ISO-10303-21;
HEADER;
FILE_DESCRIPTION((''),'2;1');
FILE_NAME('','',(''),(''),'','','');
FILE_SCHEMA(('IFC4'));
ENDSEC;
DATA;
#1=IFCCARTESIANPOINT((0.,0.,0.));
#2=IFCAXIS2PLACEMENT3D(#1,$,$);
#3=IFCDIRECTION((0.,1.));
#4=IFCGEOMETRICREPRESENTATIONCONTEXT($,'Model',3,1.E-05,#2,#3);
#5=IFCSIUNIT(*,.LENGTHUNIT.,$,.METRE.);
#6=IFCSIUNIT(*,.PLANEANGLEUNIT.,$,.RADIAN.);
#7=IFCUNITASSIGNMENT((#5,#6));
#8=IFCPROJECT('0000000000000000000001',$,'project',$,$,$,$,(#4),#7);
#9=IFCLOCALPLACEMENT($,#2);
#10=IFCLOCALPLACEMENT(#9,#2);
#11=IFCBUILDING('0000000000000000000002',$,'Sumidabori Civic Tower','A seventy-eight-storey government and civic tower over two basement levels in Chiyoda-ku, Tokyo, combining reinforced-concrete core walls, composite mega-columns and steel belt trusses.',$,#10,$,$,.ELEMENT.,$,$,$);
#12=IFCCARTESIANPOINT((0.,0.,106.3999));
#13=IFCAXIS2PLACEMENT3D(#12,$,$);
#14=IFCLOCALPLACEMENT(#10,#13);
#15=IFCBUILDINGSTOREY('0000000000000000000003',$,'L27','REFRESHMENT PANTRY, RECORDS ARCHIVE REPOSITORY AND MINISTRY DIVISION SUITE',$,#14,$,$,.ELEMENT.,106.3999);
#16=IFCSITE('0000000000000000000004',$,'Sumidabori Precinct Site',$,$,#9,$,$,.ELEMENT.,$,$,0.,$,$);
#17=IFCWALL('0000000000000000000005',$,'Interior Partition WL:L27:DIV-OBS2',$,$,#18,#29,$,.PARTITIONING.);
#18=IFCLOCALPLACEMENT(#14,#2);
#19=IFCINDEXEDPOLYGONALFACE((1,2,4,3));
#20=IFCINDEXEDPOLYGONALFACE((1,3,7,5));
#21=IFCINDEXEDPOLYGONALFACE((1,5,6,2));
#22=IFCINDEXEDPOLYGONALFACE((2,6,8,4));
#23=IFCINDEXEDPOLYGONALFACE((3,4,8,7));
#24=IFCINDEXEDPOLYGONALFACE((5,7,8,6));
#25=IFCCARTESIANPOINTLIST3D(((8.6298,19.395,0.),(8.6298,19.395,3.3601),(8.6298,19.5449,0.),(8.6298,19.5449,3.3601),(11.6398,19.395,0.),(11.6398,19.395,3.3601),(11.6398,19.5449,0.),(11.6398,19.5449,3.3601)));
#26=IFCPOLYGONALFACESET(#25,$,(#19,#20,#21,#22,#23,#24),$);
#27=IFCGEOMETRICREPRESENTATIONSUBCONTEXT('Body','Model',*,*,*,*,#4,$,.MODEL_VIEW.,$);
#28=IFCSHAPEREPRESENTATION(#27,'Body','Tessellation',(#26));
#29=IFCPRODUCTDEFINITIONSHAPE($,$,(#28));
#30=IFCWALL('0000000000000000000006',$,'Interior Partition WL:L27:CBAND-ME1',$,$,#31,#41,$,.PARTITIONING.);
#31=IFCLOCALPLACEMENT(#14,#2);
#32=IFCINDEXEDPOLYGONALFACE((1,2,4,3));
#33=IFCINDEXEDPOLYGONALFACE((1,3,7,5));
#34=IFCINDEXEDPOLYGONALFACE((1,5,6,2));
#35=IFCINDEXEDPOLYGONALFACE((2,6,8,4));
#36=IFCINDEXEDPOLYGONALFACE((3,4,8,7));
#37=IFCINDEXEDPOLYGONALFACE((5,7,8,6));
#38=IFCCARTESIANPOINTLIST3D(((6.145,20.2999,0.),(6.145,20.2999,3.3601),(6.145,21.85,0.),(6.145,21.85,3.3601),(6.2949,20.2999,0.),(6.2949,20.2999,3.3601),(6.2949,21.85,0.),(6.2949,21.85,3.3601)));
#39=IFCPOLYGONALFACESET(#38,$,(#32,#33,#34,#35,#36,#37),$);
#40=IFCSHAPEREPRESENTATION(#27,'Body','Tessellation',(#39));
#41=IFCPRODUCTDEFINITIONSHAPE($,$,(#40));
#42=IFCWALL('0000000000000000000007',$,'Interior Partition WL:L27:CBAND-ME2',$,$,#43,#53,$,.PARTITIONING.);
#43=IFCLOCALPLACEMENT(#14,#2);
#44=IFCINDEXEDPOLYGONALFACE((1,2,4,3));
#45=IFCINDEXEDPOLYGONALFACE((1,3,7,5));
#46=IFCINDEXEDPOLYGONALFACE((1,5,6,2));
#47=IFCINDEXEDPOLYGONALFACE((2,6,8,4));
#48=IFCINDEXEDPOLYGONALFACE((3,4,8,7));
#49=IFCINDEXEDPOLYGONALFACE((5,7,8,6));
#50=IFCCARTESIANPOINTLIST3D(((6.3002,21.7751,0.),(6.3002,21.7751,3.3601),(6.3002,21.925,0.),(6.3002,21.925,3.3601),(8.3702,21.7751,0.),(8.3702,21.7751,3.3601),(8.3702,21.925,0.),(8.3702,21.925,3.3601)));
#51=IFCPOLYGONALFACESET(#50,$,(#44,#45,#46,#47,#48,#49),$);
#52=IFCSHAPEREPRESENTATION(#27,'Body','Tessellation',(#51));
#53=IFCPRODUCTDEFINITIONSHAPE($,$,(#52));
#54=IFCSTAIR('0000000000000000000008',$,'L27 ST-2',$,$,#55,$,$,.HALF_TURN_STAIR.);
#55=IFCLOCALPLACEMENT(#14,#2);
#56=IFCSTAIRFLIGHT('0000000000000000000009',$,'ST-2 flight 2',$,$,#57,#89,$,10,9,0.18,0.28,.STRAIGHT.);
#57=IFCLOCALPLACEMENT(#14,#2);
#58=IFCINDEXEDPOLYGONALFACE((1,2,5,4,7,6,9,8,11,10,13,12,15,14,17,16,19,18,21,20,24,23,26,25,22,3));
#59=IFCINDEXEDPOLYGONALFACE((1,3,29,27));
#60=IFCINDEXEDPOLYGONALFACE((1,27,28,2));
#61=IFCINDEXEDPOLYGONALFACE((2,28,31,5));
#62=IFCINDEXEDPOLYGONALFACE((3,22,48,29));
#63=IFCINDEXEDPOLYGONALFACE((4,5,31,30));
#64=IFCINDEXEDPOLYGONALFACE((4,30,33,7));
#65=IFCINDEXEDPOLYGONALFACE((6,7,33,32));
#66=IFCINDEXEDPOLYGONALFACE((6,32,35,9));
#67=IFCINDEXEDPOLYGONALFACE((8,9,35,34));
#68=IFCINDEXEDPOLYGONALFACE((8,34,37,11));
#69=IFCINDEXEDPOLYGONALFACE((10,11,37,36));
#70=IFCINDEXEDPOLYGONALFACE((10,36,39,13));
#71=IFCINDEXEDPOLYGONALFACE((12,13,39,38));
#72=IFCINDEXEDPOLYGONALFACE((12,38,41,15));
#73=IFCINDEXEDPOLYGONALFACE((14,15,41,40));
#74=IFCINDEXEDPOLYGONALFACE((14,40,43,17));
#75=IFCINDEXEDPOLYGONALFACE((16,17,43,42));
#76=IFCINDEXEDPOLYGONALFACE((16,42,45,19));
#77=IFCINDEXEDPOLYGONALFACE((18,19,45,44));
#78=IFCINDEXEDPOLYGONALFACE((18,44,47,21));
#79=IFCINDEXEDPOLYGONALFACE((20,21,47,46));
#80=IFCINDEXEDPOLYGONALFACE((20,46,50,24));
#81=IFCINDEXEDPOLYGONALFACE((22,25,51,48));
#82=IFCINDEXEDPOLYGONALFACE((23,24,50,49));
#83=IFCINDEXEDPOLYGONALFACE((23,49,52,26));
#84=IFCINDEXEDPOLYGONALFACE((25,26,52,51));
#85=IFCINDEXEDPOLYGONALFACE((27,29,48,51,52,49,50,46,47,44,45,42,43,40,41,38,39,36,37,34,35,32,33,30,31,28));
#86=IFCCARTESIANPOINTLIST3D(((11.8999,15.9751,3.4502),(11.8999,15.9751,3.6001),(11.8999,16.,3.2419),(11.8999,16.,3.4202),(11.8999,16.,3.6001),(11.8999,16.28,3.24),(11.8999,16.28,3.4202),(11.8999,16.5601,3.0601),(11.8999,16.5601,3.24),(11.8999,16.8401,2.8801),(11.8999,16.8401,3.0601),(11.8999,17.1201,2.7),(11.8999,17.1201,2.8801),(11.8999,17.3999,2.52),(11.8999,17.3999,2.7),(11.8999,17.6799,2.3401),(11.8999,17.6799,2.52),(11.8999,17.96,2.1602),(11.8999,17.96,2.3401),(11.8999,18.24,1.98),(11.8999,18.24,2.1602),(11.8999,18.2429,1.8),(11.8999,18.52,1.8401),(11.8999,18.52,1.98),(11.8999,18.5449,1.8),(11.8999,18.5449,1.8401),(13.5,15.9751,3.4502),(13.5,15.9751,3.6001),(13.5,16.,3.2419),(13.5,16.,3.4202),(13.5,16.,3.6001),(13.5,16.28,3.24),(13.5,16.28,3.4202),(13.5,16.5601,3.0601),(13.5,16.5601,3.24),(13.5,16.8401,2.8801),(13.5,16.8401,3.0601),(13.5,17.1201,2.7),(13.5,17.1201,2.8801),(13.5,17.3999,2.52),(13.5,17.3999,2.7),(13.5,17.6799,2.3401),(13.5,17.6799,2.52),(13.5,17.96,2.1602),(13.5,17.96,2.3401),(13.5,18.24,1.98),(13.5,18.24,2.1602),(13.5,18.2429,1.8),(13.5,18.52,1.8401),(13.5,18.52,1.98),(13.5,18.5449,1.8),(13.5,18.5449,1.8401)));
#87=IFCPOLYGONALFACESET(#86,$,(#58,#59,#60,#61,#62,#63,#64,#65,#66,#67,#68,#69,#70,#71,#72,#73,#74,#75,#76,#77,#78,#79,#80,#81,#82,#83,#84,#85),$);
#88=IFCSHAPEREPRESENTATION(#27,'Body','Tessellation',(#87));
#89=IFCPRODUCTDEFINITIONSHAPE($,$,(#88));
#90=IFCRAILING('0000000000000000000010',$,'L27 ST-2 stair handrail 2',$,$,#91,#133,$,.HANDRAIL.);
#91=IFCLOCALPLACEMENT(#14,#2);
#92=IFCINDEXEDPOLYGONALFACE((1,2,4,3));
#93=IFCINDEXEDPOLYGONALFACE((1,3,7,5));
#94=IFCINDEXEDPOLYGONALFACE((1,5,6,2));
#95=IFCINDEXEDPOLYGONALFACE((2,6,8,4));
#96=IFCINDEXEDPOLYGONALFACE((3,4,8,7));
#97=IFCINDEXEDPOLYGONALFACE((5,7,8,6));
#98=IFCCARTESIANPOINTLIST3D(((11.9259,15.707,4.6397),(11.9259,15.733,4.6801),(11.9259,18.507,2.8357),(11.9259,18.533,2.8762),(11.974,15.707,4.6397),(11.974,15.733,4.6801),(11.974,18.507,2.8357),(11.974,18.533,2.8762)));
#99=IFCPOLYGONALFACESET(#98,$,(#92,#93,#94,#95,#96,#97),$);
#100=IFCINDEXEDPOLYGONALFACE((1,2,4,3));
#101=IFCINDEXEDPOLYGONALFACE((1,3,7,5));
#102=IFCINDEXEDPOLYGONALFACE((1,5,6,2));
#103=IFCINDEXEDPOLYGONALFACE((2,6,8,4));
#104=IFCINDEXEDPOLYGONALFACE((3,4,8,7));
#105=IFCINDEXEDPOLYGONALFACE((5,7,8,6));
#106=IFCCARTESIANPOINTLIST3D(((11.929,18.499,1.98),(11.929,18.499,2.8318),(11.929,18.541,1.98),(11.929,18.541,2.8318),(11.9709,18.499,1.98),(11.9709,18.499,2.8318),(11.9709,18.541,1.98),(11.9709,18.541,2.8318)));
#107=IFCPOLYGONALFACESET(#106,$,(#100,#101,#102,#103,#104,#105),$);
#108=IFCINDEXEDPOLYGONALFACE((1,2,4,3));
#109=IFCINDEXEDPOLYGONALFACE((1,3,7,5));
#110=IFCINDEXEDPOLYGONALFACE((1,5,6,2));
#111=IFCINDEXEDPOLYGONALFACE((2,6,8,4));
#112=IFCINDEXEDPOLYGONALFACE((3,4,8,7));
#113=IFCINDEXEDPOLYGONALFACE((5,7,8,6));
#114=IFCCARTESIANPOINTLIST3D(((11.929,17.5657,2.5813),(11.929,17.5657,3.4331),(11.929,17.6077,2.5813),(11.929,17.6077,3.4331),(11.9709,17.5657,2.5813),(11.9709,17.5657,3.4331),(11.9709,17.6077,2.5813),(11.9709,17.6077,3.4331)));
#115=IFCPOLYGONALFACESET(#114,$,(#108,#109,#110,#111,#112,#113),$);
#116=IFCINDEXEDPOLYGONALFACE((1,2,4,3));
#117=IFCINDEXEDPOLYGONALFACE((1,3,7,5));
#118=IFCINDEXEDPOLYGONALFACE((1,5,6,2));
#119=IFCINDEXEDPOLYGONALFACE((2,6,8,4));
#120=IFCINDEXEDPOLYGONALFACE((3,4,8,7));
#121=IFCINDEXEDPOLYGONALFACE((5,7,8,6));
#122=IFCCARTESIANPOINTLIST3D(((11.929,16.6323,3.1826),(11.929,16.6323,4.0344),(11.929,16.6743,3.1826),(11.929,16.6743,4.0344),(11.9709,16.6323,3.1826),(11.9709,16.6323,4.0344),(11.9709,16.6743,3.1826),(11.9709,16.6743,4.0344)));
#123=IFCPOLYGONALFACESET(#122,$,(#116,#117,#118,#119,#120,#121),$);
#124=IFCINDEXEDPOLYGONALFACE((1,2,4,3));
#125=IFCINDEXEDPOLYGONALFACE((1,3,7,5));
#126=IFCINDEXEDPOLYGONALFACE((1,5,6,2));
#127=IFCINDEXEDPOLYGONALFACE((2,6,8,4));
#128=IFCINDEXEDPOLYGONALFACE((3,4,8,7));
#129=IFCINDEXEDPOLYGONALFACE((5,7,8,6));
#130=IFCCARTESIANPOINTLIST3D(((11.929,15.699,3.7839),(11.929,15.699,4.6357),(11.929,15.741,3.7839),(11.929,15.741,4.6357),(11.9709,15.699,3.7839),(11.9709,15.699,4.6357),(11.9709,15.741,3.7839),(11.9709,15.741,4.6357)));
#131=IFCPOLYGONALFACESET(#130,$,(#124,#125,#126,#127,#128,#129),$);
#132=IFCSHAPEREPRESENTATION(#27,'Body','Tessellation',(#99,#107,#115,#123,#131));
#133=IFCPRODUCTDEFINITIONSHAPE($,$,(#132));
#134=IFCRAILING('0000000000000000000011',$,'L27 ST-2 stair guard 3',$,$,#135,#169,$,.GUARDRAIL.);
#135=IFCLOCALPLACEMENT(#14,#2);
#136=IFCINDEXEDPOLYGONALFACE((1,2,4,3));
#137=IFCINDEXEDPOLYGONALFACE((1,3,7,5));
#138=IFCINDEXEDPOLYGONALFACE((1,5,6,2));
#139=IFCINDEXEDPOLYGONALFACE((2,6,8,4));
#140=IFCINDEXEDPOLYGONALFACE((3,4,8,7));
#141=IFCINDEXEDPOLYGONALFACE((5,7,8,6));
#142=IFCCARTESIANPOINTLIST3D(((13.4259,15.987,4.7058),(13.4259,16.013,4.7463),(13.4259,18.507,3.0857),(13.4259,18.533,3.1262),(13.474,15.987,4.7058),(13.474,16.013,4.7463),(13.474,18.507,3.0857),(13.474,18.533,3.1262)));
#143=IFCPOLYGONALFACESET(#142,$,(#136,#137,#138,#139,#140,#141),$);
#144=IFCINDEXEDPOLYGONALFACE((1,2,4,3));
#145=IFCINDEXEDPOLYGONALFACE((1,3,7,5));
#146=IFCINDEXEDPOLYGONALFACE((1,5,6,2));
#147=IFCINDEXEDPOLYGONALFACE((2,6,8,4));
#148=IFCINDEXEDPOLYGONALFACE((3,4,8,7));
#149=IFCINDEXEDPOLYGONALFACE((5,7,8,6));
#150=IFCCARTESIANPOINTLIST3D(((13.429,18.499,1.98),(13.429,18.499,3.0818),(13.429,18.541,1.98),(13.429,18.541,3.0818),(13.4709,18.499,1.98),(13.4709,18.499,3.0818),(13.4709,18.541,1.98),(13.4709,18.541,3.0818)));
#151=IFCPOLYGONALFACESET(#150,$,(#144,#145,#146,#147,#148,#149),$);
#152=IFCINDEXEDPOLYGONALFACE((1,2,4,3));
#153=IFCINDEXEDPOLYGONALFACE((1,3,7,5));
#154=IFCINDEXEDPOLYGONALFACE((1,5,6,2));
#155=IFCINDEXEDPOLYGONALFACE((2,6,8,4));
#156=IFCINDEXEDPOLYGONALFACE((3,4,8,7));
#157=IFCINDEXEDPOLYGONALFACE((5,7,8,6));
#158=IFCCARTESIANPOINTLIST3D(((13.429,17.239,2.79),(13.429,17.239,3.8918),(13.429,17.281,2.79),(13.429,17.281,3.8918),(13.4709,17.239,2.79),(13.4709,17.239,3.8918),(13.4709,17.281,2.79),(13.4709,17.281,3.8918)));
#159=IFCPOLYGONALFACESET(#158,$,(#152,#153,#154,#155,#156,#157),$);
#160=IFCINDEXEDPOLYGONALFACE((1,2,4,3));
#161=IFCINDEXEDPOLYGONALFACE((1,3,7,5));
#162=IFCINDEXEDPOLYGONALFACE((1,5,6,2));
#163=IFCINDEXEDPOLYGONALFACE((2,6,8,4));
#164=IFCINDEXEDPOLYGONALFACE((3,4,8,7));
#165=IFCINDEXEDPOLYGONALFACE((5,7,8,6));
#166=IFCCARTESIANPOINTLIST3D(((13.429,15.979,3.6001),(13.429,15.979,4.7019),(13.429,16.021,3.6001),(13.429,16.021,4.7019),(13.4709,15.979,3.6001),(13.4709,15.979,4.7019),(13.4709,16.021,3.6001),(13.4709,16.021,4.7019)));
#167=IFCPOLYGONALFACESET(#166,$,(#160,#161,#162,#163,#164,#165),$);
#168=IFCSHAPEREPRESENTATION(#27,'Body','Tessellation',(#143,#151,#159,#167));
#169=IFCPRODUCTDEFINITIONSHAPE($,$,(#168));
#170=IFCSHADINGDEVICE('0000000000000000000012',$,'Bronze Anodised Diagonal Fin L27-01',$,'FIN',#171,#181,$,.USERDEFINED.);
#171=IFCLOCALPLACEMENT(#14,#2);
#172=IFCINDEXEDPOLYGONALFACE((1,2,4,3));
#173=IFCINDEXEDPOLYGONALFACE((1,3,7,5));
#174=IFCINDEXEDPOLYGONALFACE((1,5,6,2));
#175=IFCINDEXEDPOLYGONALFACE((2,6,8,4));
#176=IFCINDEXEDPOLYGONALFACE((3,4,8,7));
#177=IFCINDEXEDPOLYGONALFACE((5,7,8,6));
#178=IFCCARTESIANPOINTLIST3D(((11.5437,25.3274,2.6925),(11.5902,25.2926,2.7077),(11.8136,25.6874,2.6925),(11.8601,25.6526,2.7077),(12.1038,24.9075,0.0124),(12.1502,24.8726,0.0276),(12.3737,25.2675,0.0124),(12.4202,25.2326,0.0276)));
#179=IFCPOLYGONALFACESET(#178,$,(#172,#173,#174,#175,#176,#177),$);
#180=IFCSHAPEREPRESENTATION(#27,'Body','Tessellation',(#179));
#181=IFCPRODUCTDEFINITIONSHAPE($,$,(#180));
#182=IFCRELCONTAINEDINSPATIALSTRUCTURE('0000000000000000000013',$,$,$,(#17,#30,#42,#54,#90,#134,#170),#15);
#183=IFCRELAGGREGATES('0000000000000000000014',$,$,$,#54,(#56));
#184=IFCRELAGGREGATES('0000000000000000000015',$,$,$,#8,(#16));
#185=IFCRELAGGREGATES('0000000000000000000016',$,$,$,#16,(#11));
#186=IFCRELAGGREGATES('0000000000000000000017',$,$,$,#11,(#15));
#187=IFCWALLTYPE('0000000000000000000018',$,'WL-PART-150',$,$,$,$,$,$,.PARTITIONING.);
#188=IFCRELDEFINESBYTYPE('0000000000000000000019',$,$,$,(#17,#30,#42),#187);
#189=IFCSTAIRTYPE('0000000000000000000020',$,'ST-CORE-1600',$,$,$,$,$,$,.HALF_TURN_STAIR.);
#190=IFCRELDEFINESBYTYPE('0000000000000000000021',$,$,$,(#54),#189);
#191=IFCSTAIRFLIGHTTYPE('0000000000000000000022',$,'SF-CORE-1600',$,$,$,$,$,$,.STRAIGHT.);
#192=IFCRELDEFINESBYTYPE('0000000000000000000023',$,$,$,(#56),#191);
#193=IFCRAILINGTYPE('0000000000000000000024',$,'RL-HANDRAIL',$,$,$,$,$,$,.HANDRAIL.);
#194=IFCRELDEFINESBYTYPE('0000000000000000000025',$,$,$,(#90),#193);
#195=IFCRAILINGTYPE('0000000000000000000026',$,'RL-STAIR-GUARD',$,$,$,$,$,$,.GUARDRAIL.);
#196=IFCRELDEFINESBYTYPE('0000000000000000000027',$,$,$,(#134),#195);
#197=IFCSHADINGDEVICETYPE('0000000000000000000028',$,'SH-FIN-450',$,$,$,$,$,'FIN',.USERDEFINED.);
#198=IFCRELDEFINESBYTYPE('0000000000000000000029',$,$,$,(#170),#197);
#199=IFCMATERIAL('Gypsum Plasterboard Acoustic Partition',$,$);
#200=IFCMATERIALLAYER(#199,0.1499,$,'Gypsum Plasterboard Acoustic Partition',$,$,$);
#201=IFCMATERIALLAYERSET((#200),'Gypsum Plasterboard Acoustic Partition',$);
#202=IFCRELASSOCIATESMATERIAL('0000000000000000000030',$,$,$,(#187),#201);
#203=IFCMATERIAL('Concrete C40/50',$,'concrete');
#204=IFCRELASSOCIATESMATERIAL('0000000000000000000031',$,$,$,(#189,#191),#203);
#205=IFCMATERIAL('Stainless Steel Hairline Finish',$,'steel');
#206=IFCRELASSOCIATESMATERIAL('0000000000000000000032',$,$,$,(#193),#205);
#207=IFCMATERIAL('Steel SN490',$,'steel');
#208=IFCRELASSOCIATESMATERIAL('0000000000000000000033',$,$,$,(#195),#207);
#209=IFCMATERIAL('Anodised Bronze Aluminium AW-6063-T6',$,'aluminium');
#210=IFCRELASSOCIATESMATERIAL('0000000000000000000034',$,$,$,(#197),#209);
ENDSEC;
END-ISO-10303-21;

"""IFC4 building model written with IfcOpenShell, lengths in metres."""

from ifc_helpers import new_model, si_unit, direction, frame, frame_2d, origin, origin_2d, place, context, subcontext, project, spatial, polyline, rectangle, outline, extrude, source, transform, mapped, material, layer, layer_set, material_profile, profile_set, type_object, element, aggregate, save


model = new_model("IFC4")

# Units and contexts
model_context = context("Model", 3, precision=1e-05, world=origin(), true_north=direction((0.0, 1.0)))
body_context = subcontext(model_context, "Body", "Model", "MODEL_VIEW")
ifc_project = project(units=[si_unit("LENGTHUNIT", "METRE"), si_unit("PLANEANGLEUNIT", "RADIAN")], contexts=[model_context])

# Site, building, storey
site_placement = place(None, origin())
site = spatial("IfcSite", under=ifc_project, at=site_placement, Name="Sumidabori Precinct Site", CompositionType="ELEMENT", RefElevation=0.0)
building_placement = place(site_placement, origin())
building = spatial("IfcBuilding", under=site, at=building_placement, Name="Sumidabori Civic Tower", Description="A seventy-eight-storey government and civic tower over two basement levels in Chiyoda-ku, Tokyo, combining reinforced-concrete core walls, composite mega-columns and steel belt trusses.", CompositionType="ELEMENT")
storey_placement = place(building_placement, frame((0.0, 0.0, 106.3999)))
storey = spatial("IfcBuildingStorey", under=building, at=storey_placement, Name="L27", Description="REFRESHMENT PANTRY, RECORDS ARCHIVE REPOSITORY AND MINISTRY DIVISION SUITE", CompositionType="ELEMENT", Elevation=106.3999)

# Shared definitions
ifc_material_1 = material(Name="Steel SN490", Category="steel")

# Shared definitions
ifc_material_2 = material(Name="Anodised Bronze Aluminium AW-6063-T6", Category="aluminium")

# Walls
ifc_material_3 = material(Name="Gypsum Plasterboard Acoustic Partition")
ifc_layer_1 = layer(ifc_material_3, 0.1499, Name="Gypsum Plasterboard Acoustic Partition")
ifc_layer_set_1 = layer_set([ifc_layer_1], Name="Gypsum Plasterboard Acoustic Partition")
wall_type_1 = type_object("IfcWallType", Name="WL-PART-150", PredefinedType="PARTITIONING", material=ifc_layer_set_1)
shared_shape_1 = source(origin(), body_context, "Body", "SweptSolid", [
    extrude(rectangle(XDim=3.01, YDim=0.1499, at=frame_2d((1.5049, 0.0))), origin(), (0.0, 0.0, 1.0), 3.3601),
])
wall_1_placement = place(storey_placement, frame((8.6299, 19.47, 0.0), z_axis=(0.0, 0.0, 1.0), x_axis=(1.0, 0.0, 0.0)))
element("IfcWall", 1, at=wall_1_placement, inside=storey, type_object=wall_type_1, Name="Interior Partition WL:L27:DIV-OBS2", PredefinedType="PARTITIONING", context=body_context, shape_type="MappedRepresentation", body=[
    mapped(shared_shape_1, transform((0.0, 0.0, 0.0), x_axis=(1.0, 0.0, 0.0), y_axis=(0.0, 1.0, 0.0), z_axis=(0.0, 0.0, 1.0), scale=1.0)),
])
shared_shape_2 = source(origin(), body_context, "Body", "SweptSolid", [
    extrude(rectangle(XDim=1.55, YDim=0.1499, at=frame_2d((0.7749, 0.0))), origin(), (0.0, 0.0, 1.0), 3.3601),
])
wall_2_placement = place(storey_placement, frame((6.22, 20.3, 0.0), z_axis=(0.0, 0.0, 1.0), x_axis=(0.0, 1.0, 0.0)))
element("IfcWall", 2, at=wall_2_placement, inside=storey, type_object=wall_type_1, Name="Interior Partition WL:L27:CBAND-ME1", PredefinedType="PARTITIONING", context=body_context, shape_type="MappedRepresentation", body=[
    mapped(shared_shape_2, transform((0.0, 0.0, 0.0), x_axis=(1.0, 0.0, 0.0), y_axis=(0.0, 1.0, 0.0), z_axis=(0.0, 0.0, 1.0), scale=1.0)),
])
shared_shape_3 = source(origin(), body_context, "Body", "SweptSolid", [
    extrude(rectangle(XDim=2.0701, YDim=0.1499, at=frame_2d((1.0352, 0.0))), origin(), (0.0, 0.0, 1.0), 3.3601),
])
wall_3_placement = place(storey_placement, frame((6.3, 21.8501, 0.0), z_axis=(0.0, 0.0, 1.0), x_axis=(1.0, 0.0, 0.0)))
element("IfcWall", 3, at=wall_3_placement, inside=storey, type_object=wall_type_1, Name="Interior Partition WL:L27:CBAND-ME2", PredefinedType="PARTITIONING", context=body_context, shape_type="MappedRepresentation", body=[
    mapped(shared_shape_3, transform((0.0, 0.0, 0.0), x_axis=(1.0, 0.0, 0.0), y_axis=(0.0, 1.0, 0.0), z_axis=(0.0, 0.0, 1.0), scale=1.0)),
])

# Stair, stair flight
ifc_material_4 = material(Name="Concrete C40/50", Category="concrete")
stair_type = type_object("IfcStairType", Name="ST-CORE-1600", PredefinedType="HALF_TURN_STAIR", material=ifc_material_4)
stair_placement = place(storey_placement, origin())
stair = element("IfcStair", 4, at=stair_placement, inside=storey, type_object=stair_type, Name="L27 ST-2", PredefinedType="HALF_TURN_STAIR")
stair_flight_type = type_object("IfcStairFlightType", Name="SF-CORE-1600", PredefinedType="STRAIGHT", material=ifc_material_4)
shared_shape_4 = source(origin(), body_context, "Body", "SweptSolid", [
    extrude(outline(polyline([(-0.0249, 0.0), (-0.0249, 0.04), (0.0, 0.04), (0.0, 0.1799), (0.28, 0.1799), (0.28, 0.3601), (0.5601, 0.3601), (0.5601, 0.54), (0.8401, 0.54), (0.8401, 0.72), (1.1201, 0.72), (1.1201, 0.8999), (1.3999, 0.8999), (1.3999, 1.0801), (1.6799, 1.0801), (1.6799, 1.26), (1.96, 1.26), (1.96, 1.4399), (2.24, 1.4399), (2.24, 1.6201), (2.52, 1.6201), (2.52, 1.8), (2.5449, 1.8), (2.5449, 1.6501), (2.52, 1.4419), (0.2771, 0.0), (-0.0249, 0.0)])), frame((0.0, 0.8, 0.0), z_axis=(0.0, -1.0, 0.0), x_axis=(1.0, 0.0, 0.0)), (0.0, 0.0, 1.0), 1.6001),
])
stair_flight_placement = place(storey_placement, frame((12.7, 18.52, 1.8), z_axis=(0.0, 0.0, 1.0), x_axis=(0.0, -1.0, 0.0)))
stair_flight = element("IfcStairFlight", 5, at=stair_flight_placement, type_object=stair_flight_type, Name="ST-2 flight 2", NumberOfRisers=10, NumberOfTreads=9, PredefinedType="STRAIGHT", RiserHeight=0.18, TreadLength=0.28, context=body_context, shape_type="MappedRepresentation", body=[
    mapped(shared_shape_4, transform((0.0, 0.0, 0.0), x_axis=(1.0, 0.0, 0.0), y_axis=(0.0, 1.0, 0.0), z_axis=(0.0, 0.0, 1.0), scale=1.0)),
])
aggregate(stair, [stair_flight])

# Railings
ifc_material_5 = material(Name="Stainless Steel Hairline Finish", Category="steel")
railing_type_1 = type_object("IfcRailingType", Name="RL-HANDRAIL", PredefinedType="HANDRAIL", material=ifc_material_5)
railing_1_placement = place(storey_placement, frame((11.95, 18.52, 1.98)))
element("IfcRailing", 6, at=railing_1_placement, inside=storey, type_object=railing_type_1, Name="L27 ST-2 stair handrail 2", PredefinedType="HANDRAIL", context=body_context, shape_type="SweptSolid", body=[
    extrude(rectangle(XDim=0.0481, YDim=0.0481, at=origin_2d()), frame((0.0, 0.0, 0.876), z_axis=(0.0, -0.840642, 0.541591), x_axis=(1.0, 0.0, 0.0)), (0.0, 0.0, 1.0), 3.3308),
    extrude(rectangle(XDim=0.042, YDim=0.042, at=origin_2d()), origin(), (0.0, 0.0, 1.0), 0.8518),
    extrude(rectangle(XDim=0.042, YDim=0.042, at=origin_2d()), frame((0.0, -0.9333, 0.6013)), (0.0, 0.0, 1.0), 0.8518),
    extrude(rectangle(XDim=0.042, YDim=0.042, at=origin_2d()), frame((0.0, -1.8667, 1.2026)), (0.0, 0.0, 1.0), 0.8518),
    extrude(rectangle(XDim=0.042, YDim=0.042, at=origin_2d()), frame((0.0, -2.8, 1.804)), (0.0, 0.0, 1.0), 0.8518),
])
railing_type_2 = type_object("IfcRailingType", Name="RL-STAIR-GUARD", PredefinedType="GUARDRAIL", material=ifc_material_1)
railing_2_placement = place(storey_placement, frame((13.45, 18.52, 1.98)))
element("IfcRailing", 7, at=railing_2_placement, inside=storey, type_object=railing_type_2, Name="L27 ST-2 stair guard 3", PredefinedType="GUARDRAIL", context=body_context, shape_type="SweptSolid", body=[
    extrude(rectangle(XDim=0.0481, YDim=0.0481, at=origin_2d()), frame((0.0, 0.0, 1.126), z_axis=(0.0, -0.841163, 0.540782), x_axis=(1.0, 0.0, 0.0)), (0.0, 0.0, 1.0), 2.9958),
    extrude(rectangle(XDim=0.042, YDim=0.042, at=origin_2d()), origin(), (0.0, 0.0, 1.0), 1.1018),
    extrude(rectangle(XDim=0.042, YDim=0.042, at=origin_2d()), frame((0.0, -1.26, 0.8101)), (0.0, 0.0, 1.0), 1.1018),
    extrude(rectangle(XDim=0.042, YDim=0.042, at=origin_2d()), frame((0.0, -2.52, 1.6201)), (0.0, 0.0, 1.0), 1.1018),
])

# Shading device
ifc_material_profile_1 = material_profile(ifc_material_2, rectangle(XDim=0.0601, YDim=0.45, at=origin_2d()), Name="BRONZE FIN 450x60")
ifc_profile_set_1 = profile_set([ifc_material_profile_1], Name="Anodised Bronze Aluminium AW-6063-T6")
shading_device_type = type_object("IfcShadingDeviceType", Name="SH-FIN-450", ElementType="FIN", PredefinedType="USERDEFINED", material=ifc_profile_set_1)
shared_shape_5 = source(origin(), body_context, "Body", "SweptSolid", [
    extrude(rectangle(XDim=0.0601, YDim=0.45, at=origin_2d()), origin(), (0.0, 0.0, 1.0), 2.77),
])
shading_device_placement = place(storey_placement, frame((12.262, 25.0701, 0.02), z_axis=(-0.202181, 0.151592, 0.967545), x_axis=(0.774117, -0.580419, 0.2527)))
element("IfcShadingDevice", 8, at=shading_device_placement, inside=storey, type_object=shading_device_type, Name="Bronze Anodised Diagonal Fin L27-01", ObjectType="FIN", PredefinedType="USERDEFINED", context=body_context, shape_type="MappedRepresentation", body=[
    mapped(shared_shape_5, transform((0.0, 0.0, 0.0), x_axis=(1.0, 0.0, 0.0), y_axis=(0.0, 1.0, 0.0), z_axis=(0.0, 0.0, 1.0), scale=1.0)),
])

save(model, "model.ifc")
